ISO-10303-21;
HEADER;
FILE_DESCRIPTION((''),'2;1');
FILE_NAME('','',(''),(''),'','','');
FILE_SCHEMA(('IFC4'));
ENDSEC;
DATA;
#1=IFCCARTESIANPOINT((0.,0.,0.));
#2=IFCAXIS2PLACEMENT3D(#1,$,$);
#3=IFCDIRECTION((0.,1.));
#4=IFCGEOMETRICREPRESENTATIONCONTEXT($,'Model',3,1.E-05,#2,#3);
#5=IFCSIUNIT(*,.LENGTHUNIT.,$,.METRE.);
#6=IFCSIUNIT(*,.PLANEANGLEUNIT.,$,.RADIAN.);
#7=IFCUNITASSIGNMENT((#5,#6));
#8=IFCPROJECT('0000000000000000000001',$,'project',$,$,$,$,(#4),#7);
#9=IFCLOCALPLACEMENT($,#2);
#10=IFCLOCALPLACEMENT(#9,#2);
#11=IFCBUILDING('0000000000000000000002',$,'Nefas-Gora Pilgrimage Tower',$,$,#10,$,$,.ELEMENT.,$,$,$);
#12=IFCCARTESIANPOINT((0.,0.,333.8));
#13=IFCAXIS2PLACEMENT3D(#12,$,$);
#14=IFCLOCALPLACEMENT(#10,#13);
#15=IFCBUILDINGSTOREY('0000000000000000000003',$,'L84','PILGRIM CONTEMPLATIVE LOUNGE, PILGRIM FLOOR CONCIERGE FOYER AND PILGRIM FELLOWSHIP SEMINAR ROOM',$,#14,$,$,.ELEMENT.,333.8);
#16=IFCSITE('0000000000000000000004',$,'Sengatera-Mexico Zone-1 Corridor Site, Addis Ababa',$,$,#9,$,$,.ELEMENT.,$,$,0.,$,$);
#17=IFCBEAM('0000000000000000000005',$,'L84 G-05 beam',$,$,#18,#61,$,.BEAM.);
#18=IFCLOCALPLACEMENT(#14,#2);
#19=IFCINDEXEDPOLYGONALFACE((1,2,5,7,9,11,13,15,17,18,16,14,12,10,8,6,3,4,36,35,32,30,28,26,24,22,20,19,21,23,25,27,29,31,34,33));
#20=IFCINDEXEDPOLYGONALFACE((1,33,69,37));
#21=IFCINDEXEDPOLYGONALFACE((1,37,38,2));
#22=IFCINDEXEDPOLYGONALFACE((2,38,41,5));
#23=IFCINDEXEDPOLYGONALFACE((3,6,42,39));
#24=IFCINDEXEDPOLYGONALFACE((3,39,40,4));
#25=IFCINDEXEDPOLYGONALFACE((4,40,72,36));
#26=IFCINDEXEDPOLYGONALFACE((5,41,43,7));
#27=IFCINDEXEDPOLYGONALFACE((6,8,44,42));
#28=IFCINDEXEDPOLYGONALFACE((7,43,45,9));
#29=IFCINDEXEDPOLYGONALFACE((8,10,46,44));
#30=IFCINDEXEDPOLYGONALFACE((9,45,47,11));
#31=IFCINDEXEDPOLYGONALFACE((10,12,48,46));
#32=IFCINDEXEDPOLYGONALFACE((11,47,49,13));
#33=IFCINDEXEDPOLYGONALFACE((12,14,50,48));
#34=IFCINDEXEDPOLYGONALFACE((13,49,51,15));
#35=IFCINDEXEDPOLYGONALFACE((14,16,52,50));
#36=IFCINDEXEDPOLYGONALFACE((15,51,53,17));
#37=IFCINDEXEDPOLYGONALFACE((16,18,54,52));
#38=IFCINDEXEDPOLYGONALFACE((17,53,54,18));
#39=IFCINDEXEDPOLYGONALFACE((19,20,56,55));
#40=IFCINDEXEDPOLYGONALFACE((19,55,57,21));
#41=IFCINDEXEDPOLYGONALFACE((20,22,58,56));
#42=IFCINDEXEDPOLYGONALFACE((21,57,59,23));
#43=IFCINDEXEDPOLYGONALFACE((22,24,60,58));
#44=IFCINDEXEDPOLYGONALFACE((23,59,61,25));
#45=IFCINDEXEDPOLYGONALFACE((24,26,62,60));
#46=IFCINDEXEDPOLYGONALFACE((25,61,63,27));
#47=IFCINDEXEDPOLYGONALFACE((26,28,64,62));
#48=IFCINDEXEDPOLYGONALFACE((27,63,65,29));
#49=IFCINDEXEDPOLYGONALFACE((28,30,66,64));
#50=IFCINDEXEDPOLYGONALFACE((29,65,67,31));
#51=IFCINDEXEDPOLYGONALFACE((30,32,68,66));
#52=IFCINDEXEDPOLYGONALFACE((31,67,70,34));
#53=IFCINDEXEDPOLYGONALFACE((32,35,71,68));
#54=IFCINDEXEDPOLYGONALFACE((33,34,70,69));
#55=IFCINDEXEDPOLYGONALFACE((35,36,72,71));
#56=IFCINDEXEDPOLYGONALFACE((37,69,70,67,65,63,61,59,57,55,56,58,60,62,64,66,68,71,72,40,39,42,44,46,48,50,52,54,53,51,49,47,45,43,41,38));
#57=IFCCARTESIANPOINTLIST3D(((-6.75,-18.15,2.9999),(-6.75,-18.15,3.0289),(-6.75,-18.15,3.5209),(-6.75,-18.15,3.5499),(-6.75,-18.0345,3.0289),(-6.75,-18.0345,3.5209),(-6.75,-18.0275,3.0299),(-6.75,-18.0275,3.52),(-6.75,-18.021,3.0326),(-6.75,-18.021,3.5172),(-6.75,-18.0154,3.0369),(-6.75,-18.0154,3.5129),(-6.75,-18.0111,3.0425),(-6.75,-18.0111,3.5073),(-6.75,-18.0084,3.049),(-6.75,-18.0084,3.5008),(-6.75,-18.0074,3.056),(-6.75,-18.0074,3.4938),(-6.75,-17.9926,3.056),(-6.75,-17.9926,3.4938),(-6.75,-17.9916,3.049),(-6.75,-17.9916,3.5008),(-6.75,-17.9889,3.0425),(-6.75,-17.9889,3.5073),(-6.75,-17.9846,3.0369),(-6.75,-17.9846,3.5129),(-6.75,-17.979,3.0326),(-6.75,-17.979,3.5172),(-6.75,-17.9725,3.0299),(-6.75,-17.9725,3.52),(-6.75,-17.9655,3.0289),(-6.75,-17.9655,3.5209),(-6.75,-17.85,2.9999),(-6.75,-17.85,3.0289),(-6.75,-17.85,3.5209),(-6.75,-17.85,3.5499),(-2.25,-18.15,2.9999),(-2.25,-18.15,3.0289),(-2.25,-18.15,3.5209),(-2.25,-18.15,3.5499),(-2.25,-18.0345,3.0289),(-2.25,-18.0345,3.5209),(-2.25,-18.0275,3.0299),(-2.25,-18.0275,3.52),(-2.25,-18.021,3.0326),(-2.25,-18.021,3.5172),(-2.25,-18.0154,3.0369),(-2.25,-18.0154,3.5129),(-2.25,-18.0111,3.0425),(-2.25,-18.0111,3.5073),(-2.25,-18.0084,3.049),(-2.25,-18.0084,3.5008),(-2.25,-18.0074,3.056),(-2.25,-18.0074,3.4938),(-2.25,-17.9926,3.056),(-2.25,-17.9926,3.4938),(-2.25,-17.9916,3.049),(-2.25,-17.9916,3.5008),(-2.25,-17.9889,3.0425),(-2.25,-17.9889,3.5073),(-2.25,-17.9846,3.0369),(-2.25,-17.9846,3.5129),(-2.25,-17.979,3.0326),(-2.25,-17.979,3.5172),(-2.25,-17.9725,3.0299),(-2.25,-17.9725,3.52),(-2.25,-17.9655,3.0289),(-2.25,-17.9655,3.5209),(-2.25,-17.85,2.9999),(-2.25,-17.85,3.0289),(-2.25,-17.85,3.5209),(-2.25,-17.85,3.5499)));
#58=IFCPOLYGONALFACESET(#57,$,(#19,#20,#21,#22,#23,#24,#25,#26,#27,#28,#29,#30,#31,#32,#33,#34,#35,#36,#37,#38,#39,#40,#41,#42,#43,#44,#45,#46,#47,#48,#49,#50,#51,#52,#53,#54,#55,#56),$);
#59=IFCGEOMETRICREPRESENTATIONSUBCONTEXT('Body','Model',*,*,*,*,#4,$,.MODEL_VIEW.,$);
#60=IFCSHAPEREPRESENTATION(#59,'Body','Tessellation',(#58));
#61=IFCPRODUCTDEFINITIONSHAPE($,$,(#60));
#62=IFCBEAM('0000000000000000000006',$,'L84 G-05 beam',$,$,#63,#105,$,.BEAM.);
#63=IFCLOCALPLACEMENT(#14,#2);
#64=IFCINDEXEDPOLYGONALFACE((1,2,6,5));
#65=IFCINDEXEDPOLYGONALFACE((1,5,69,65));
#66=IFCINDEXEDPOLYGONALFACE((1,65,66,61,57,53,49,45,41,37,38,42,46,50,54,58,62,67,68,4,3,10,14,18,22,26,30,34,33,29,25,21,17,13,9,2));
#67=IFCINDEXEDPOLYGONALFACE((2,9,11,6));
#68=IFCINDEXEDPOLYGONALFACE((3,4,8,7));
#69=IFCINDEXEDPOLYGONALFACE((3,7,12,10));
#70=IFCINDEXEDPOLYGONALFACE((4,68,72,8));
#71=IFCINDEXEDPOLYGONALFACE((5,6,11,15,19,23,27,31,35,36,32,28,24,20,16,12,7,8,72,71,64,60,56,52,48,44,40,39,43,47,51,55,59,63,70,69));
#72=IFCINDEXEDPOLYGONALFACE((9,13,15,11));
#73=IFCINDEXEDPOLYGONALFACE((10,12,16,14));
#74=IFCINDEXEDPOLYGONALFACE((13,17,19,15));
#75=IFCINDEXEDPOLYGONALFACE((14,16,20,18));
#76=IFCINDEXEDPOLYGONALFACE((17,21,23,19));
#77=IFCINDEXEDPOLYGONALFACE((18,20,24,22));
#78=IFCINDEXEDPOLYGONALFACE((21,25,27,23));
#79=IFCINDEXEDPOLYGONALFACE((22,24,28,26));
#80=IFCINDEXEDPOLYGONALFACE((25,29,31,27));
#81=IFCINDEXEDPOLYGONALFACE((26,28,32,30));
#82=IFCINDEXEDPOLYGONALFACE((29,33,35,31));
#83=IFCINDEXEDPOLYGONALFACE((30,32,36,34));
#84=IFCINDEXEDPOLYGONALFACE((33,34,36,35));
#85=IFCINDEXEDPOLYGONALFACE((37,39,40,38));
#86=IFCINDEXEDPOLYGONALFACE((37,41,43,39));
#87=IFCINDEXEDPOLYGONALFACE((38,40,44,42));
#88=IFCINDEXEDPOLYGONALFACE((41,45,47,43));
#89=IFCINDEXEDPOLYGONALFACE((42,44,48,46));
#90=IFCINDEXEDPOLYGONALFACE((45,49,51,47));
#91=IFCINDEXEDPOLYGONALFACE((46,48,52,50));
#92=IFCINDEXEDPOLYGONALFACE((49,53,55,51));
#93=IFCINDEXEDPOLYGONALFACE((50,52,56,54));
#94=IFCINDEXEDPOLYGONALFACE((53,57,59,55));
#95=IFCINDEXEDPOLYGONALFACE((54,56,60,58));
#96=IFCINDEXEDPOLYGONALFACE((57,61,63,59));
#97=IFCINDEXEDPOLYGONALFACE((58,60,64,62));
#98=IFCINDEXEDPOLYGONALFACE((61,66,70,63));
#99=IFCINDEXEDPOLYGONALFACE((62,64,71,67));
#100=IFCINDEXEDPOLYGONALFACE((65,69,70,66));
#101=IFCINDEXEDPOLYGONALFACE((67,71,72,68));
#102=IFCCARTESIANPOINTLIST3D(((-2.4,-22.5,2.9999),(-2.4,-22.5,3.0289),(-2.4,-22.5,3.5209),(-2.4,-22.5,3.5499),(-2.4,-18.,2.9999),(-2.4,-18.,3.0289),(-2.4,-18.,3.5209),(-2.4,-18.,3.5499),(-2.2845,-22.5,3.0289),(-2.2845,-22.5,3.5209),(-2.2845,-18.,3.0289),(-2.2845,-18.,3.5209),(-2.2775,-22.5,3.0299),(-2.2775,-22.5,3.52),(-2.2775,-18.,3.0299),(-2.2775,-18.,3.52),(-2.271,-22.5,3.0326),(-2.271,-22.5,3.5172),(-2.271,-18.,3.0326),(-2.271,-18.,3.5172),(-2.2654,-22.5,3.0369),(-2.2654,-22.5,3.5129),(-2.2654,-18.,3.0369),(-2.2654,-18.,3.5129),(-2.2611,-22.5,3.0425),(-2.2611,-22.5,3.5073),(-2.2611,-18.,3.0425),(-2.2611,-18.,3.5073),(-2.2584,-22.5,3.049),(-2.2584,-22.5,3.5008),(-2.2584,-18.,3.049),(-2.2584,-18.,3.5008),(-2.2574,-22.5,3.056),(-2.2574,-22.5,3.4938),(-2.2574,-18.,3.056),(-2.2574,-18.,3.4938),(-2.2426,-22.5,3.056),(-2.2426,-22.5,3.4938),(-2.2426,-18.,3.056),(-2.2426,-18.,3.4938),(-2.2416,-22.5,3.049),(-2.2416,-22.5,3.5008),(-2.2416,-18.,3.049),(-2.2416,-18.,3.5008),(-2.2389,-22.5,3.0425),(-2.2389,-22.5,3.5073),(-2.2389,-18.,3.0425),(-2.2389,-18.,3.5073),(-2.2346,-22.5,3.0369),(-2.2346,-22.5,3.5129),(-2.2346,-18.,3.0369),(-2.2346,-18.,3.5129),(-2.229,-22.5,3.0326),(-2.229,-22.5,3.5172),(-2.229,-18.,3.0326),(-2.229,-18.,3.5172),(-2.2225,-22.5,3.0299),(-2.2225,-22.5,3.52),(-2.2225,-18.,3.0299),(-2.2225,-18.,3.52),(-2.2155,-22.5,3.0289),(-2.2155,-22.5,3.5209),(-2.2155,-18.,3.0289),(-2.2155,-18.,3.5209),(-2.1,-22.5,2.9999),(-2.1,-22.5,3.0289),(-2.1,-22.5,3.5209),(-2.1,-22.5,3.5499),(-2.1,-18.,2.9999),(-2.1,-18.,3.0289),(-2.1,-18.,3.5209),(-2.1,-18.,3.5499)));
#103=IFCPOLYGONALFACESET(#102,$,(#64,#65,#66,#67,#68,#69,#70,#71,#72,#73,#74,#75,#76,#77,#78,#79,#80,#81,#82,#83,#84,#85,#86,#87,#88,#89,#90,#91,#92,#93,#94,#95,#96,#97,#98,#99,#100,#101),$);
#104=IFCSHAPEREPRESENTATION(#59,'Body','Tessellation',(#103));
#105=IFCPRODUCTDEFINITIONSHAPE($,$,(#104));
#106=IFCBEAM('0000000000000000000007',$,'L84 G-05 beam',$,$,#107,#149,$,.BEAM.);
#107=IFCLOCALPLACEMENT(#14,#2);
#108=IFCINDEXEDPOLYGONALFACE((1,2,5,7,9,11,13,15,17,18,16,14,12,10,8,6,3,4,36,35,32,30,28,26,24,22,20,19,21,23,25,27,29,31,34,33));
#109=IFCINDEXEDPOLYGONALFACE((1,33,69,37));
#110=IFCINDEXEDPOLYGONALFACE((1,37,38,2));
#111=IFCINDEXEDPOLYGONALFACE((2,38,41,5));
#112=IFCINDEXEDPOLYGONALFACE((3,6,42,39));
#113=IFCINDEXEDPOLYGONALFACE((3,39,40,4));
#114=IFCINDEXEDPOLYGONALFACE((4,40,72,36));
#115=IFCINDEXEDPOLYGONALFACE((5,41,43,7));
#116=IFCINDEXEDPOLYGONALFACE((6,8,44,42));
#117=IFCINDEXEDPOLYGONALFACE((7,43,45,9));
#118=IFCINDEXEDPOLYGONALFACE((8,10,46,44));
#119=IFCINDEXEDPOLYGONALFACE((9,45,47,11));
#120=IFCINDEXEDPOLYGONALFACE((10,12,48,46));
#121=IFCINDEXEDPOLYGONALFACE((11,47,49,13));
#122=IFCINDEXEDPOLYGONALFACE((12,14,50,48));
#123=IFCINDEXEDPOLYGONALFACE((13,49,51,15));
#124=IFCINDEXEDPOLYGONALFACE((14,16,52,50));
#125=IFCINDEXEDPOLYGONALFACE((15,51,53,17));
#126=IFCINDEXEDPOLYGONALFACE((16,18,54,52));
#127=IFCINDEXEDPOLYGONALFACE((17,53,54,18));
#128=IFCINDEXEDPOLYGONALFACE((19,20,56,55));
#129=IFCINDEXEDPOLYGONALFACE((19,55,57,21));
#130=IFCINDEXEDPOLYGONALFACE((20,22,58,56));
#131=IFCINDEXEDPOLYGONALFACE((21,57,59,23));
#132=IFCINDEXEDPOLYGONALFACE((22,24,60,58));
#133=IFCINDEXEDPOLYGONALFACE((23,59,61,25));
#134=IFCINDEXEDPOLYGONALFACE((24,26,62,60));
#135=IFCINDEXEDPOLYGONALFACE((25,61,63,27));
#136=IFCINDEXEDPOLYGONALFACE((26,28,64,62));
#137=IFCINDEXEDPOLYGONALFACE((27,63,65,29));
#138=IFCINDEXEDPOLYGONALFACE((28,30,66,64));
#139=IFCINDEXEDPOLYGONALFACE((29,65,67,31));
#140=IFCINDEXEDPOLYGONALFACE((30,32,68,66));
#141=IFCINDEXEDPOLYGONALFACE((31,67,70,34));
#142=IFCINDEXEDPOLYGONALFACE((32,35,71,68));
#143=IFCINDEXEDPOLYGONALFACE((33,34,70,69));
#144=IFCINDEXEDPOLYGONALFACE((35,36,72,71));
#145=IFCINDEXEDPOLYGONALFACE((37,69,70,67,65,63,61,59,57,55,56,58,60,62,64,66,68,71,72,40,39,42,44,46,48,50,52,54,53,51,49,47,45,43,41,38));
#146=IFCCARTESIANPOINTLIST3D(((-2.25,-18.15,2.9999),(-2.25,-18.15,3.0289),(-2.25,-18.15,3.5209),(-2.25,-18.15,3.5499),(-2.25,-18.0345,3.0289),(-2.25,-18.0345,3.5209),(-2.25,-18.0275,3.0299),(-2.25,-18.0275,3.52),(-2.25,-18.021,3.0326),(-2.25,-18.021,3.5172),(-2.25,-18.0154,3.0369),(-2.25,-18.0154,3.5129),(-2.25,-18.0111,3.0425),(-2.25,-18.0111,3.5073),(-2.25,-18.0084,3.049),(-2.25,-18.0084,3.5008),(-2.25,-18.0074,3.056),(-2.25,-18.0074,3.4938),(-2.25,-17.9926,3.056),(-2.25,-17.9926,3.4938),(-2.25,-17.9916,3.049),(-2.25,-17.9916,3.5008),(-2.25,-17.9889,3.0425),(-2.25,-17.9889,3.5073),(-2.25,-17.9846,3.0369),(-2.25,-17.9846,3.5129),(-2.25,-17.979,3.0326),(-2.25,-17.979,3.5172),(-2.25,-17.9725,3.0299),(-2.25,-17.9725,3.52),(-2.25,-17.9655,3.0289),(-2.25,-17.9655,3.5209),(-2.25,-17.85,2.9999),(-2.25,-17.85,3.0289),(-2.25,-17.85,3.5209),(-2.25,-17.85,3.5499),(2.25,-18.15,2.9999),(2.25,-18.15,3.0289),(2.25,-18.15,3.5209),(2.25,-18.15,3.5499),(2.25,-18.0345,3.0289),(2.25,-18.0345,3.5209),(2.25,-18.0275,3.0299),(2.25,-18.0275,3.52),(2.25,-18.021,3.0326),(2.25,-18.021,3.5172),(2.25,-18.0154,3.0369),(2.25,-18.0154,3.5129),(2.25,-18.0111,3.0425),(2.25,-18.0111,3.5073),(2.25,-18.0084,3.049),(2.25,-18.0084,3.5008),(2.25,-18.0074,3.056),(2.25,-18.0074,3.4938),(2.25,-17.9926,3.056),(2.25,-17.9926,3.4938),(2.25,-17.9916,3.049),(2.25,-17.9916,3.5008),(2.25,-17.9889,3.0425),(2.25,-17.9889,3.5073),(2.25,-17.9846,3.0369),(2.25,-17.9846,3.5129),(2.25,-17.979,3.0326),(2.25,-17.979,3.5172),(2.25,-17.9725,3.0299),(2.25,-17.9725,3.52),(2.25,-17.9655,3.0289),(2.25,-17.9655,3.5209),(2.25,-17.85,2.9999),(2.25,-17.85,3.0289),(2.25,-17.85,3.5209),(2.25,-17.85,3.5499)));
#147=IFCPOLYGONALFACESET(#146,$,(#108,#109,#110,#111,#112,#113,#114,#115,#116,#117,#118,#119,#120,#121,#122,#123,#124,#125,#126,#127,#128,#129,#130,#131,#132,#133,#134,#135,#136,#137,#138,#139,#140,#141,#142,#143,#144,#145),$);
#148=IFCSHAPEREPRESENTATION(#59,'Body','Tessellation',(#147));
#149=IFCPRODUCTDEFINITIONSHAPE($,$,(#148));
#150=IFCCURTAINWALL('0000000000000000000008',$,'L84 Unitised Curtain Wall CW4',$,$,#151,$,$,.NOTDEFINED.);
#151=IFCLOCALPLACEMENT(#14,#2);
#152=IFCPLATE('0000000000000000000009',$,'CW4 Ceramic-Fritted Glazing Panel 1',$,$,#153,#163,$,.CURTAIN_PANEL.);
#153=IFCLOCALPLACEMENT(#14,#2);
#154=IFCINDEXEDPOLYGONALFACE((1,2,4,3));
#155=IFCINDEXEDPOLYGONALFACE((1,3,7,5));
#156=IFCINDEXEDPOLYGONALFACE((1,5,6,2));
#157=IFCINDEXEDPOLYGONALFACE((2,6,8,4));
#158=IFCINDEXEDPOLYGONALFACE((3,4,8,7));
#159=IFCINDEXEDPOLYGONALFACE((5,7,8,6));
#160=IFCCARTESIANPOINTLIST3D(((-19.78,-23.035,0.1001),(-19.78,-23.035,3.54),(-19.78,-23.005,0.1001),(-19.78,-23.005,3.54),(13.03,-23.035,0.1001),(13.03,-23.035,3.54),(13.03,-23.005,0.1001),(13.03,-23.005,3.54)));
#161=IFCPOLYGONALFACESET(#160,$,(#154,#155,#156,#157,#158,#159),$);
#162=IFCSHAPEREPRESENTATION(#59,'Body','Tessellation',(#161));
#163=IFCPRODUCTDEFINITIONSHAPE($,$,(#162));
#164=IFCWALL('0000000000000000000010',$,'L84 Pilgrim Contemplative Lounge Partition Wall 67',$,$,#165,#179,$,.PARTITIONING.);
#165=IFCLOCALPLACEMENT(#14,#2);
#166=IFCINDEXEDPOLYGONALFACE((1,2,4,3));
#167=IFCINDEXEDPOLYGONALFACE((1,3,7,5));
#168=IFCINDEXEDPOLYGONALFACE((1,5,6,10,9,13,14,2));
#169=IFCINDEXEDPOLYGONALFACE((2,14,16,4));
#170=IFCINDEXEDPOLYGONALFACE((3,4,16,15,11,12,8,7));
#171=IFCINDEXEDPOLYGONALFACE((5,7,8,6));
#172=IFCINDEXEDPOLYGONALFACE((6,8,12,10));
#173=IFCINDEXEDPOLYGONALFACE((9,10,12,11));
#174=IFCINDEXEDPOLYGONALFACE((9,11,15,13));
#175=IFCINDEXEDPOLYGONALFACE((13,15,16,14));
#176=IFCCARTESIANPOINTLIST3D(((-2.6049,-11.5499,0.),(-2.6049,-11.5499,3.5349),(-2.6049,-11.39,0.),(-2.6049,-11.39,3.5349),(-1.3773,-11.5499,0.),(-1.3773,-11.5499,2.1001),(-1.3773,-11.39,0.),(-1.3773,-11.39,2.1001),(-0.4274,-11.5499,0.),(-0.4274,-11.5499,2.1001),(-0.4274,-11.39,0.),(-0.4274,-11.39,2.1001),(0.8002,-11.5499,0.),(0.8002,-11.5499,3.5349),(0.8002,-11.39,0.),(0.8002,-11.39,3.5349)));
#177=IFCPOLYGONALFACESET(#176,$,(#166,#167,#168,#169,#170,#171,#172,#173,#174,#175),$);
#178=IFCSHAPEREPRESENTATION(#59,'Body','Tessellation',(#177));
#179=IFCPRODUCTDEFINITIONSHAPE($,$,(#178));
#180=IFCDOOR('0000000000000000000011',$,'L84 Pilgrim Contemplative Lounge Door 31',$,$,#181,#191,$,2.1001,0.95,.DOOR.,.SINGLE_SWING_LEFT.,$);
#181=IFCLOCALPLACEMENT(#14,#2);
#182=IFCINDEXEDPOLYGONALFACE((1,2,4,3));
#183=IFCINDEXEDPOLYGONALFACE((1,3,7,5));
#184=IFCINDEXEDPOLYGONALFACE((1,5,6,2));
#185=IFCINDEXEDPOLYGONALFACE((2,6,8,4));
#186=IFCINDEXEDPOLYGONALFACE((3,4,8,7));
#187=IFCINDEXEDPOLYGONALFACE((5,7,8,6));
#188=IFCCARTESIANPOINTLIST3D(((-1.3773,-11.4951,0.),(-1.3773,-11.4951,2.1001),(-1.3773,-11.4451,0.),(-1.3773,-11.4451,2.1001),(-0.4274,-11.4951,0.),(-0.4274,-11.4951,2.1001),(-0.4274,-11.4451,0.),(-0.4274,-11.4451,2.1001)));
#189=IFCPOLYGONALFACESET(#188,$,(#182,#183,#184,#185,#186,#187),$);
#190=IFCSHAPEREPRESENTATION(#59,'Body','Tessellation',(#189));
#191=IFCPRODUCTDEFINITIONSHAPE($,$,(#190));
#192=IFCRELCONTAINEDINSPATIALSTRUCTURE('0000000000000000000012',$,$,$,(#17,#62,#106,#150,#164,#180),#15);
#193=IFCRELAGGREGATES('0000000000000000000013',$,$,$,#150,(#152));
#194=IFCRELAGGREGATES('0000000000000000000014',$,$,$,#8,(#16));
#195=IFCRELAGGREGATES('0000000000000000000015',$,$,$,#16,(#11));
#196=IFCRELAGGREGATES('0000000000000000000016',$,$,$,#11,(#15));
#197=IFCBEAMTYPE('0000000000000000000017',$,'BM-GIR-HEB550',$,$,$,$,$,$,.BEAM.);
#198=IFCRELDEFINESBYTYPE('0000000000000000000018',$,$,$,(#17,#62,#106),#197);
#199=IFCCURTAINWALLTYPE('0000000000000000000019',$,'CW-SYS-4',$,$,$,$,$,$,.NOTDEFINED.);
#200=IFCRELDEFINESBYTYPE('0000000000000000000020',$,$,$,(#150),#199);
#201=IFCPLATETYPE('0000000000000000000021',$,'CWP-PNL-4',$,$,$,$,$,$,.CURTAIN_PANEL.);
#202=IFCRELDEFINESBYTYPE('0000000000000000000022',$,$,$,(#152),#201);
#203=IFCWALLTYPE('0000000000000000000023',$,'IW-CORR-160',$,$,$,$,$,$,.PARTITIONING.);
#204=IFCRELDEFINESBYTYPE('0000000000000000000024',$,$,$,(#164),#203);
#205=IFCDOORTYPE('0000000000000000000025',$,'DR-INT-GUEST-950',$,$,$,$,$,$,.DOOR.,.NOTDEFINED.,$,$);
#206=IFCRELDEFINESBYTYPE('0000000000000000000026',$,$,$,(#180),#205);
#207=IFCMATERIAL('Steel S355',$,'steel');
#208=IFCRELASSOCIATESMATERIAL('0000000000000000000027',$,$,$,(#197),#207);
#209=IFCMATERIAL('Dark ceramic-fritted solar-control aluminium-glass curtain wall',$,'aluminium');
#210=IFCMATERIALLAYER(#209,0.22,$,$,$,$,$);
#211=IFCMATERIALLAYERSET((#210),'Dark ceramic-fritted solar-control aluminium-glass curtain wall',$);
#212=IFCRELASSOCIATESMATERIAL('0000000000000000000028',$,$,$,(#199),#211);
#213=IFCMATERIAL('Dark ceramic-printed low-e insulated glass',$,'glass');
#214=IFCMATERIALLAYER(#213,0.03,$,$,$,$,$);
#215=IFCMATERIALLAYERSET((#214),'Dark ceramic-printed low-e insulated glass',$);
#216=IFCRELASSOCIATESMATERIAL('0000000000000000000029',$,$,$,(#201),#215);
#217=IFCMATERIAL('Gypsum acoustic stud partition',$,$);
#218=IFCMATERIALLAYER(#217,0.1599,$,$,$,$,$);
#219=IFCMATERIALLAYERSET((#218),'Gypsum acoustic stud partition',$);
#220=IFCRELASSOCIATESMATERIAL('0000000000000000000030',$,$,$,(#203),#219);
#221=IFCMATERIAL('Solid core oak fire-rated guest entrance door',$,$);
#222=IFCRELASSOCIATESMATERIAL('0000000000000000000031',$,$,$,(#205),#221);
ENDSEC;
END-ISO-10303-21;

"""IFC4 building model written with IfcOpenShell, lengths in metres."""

from ifc_helpers import new_model, si_unit, direction, frame, frame_2d, origin, origin_2d, place, context, subcontext, project, spatial, rectangle, i_section, extrude, source, transform, mapped, material, layer, layer_set, material_profile, profile_set, type_object, element, fill, aggregate, save


model = new_model("IFC4")

# Units and contexts
model_context = context("Model", 3, precision=1e-05, world=origin(), true_north=direction((0.0, 1.0)))
body_context = subcontext(model_context, "Body", "Model", "MODEL_VIEW")
ifc_project = project(units=[si_unit("LENGTHUNIT", "METRE"), si_unit("PLANEANGLEUNIT", "RADIAN")], contexts=[model_context])

# Site, building, storey
site_placement = place(None, origin())
site = spatial("IfcSite", under=ifc_project, at=site_placement, Name="Sengatera-Mexico Zone-1 Corridor Site, Addis Ababa", CompositionType="ELEMENT", RefElevation=0.0)
building_placement = place(site_placement, origin())
building = spatial("IfcBuilding", under=site, at=building_placement, Name="Nefas-Gora Pilgrimage Tower", CompositionType="ELEMENT")
storey_placement = place(building_placement, frame((0.0, 0.0, 333.8)))
storey = spatial("IfcBuildingStorey", under=building, at=storey_placement, Name="L84", Description="PILGRIM CONTEMPLATIVE LOUNGE, PILGRIM FLOOR CONCIERGE FOYER AND PILGRIM FELLOWSHIP SEMINAR ROOM", CompositionType="ELEMENT", Elevation=333.8)

# Shared definitions
ifc_material_1 = material(Name="Steel S355", Category="steel")

# Beams
ifc_material_profile_1 = material_profile(ifc_material_1, i_section(OverallWidth=0.3, OverallDepth=0.55, WebThickness=0.0149, FlangeThickness=0.0291, FilletRadius=0.0271, at=origin_2d()), Name="HEB 550")
ifc_profile_set_1 = profile_set([ifc_material_profile_1], Name="Steel S355")
beam_type_1 = type_object("IfcBeamType", Name="BM-GIR-HEB550", PredefinedType="BEAM", material=ifc_profile_set_1)
shared_shape_1 = source(origin(), body_context, "Body", "SweptSolid", [
    extrude(i_section(OverallWidth=0.3, OverallDepth=0.55, WebThickness=0.0149, FlangeThickness=0.0291, FilletRadius=0.0271, at=origin_2d()), origin(), (0.0, 0.0, 1.0), 4.5),
])
for number, where, z_axis, x_axis, name in (
    (1, (-6.75, -18.0, 3.2749), (1.0, 0.0, 0.0), (0.0, 1.0, 0.0), "L84 G-05 beam"),
    (2, (-2.25, -22.5, 3.2749), (0.0, 1.0, 0.0), (-1.0, 0.0, 0.0), "L84 G-05 beam"),
    (3, (-2.25, -18.0, 3.2749), (1.0, 0.0, 0.0), (0.0, 1.0, 0.0), "L84 G-05 beam"),
):
    element("IfcBeam", number, at=place(storey_placement, frame(where, z_axis=z_axis, x_axis=x_axis)), inside=storey, type_object=beam_type_1, Name=name, PredefinedType="BEAM", context=body_context, shape_type="MappedRepresentation", body=[
        mapped(shared_shape_1, transform((0.0, 0.0, 0.0), x_axis=(1.0, 0.0, 0.0), y_axis=(0.0, 1.0, 0.0), z_axis=(0.0, 0.0, 1.0), scale=1.0)),
    ])

# Curtain wall, plate
ifc_material_2 = material(Name="Dark ceramic-fritted solar-control aluminium-glass curtain wall", Category="aluminium")
ifc_layer_1 = layer(ifc_material_2, 0.22)
ifc_layer_set_1 = layer_set([ifc_layer_1], Name="Dark ceramic-fritted solar-control aluminium-glass curtain wall")
curtain_wall_type = type_object("IfcCurtainWallType", Name="CW-SYS-4", PredefinedType="NOTDEFINED", material=ifc_layer_set_1)
curtain_wall_placement = place(storey_placement, origin())
curtain_wall = element("IfcCurtainWall", 4, at=curtain_wall_placement, inside=storey, type_object=curtain_wall_type, Name="L84 Unitised Curtain Wall CW4", PredefinedType="NOTDEFINED")
ifc_material_3 = material(Name="Dark ceramic-printed low-e insulated glass", Category="glass")
ifc_layer_2 = layer(ifc_material_3, 0.03)
ifc_layer_set_2 = layer_set([ifc_layer_2], Name="Dark ceramic-printed low-e insulated glass")
plate_type = type_object("IfcPlateType", Name="CWP-PNL-4", PredefinedType="CURTAIN_PANEL", material=ifc_layer_set_2)
shared_shape_2 = source(origin(), body_context, "Body", "SweptSolid", [
    extrude(rectangle(XDim=32.8101, YDim=0.03, at=origin_2d()), origin(), (0.0, 0.0, 1.0), 3.4399),
])
plate_placement = place(storey_placement, frame((-3.375, -23.02, 0.1001), z_axis=(0.0, 0.0, 1.0), x_axis=(1.0, 0.0, 0.0)))
plate = element("IfcPlate", 5, at=plate_placement, type_object=plate_type, Name="CW4 Ceramic-Fritted Glazing Panel 1", PredefinedType="CURTAIN_PANEL", context=body_context, shape_type="MappedRepresentation", body=[
    mapped(shared_shape_2, transform((0.0, 0.0, 0.0), x_axis=(1.0, 0.0, 0.0), y_axis=(0.0, 1.0, 0.0), z_axis=(0.0, 0.0, 1.0), scale=1.0)),
])
aggregate(curtain_wall, [plate])

# Wall, opening, door
ifc_material_4 = material(Name="Gypsum acoustic stud partition")
ifc_layer_3 = layer(ifc_material_4, 0.1599)
ifc_layer_set_3 = layer_set([ifc_layer_3], Name="Gypsum acoustic stud partition")
wall_type_1 = type_object("IfcWallType", Name="IW-CORR-160", PredefinedType="PARTITIONING", material=ifc_layer_set_3)
shared_shape_3 = source(origin(), body_context, "Body", "SweptSolid", [
    extrude(rectangle(XDim=3.405, YDim=0.1599, at=frame_2d((1.7026, 0.0))), origin(), (0.0, 0.0, 1.0), 3.5349),
])
wall_1_placement = place(storey_placement, frame((-2.605, -11.47, 0.0), z_axis=(0.0, 0.0, 1.0), x_axis=(1.0, 0.0, 0.0)))
wall_1 = element("IfcWall", 6, at=wall_1_placement, inside=storey, type_object=wall_type_1, Name="L84 Pilgrim Contemplative Lounge Partition Wall 67", PredefinedType="PARTITIONING", context=body_context, shape_type="MappedRepresentation", body=[
    mapped(shared_shape_3, transform((0.0, 0.0, 0.0), x_axis=(1.0, 0.0, 0.0), y_axis=(0.0, 1.0, 0.0), z_axis=(0.0, 0.0, 1.0), scale=1.0)),
])
opening_1_placement = place(wall_1_placement, frame((1.2275, 0.0, 0.0)))
opening_1 = element("IfcOpeningElement", 7, at=opening_1_placement, cuts=wall_1, PredefinedType="OPENING", context=body_context, shape_type="SweptSolid", body=[
    extrude(rectangle(XDim=0.95, YDim=2.1001, at=frame_2d((0.4751, 1.05))), frame((0.0, 0.0898, 0.0), z_axis=(0.0, -1.0, 0.0), x_axis=(1.0, 0.0, 0.0)), (0.0, 0.0, 1.0), 0.1799),
])
ifc_material_5 = material(Name="Solid core oak fire-rated guest entrance door")
door_type_1 = type_object("IfcDoorType", Name="DR-INT-GUEST-950", OperationType="NOTDEFINED", PredefinedType="DOOR", material=ifc_material_5)
shared_shape_4 = source(origin(), body_context, "Body", "SweptSolid", [
    extrude(rectangle(XDim=0.95, YDim=2.1001, at=frame_2d((0.4751, 1.05))), frame((0.0, 0.0249, 0.0), z_axis=(0.0, -1.0, 0.0), x_axis=(1.0, 0.0, 0.0)), (0.0, 0.0, 1.0), 0.05),
])
door_1_placement = place(opening_1_placement, origin())
door_1 = element("IfcDoor", 8, at=door_1_placement, inside=storey, type_object=door_type_1, Name="L84 Pilgrim Contemplative Lounge Door 31", OperationType="SINGLE_SWING_LEFT", OverallHeight=2.1001, OverallWidth=0.95, PredefinedType="DOOR", context=body_context, shape_type="MappedRepresentation", body=[
    mapped(shared_shape_4, transform((0.0, 0.0, 0.0), x_axis=(1.0, 0.0, 0.0), y_axis=(0.0, 1.0, 0.0), z_axis=(0.0, 0.0, 1.0), scale=1.0)),
])
fill(opening_1, door_1)

save(model, "model.ifc")
